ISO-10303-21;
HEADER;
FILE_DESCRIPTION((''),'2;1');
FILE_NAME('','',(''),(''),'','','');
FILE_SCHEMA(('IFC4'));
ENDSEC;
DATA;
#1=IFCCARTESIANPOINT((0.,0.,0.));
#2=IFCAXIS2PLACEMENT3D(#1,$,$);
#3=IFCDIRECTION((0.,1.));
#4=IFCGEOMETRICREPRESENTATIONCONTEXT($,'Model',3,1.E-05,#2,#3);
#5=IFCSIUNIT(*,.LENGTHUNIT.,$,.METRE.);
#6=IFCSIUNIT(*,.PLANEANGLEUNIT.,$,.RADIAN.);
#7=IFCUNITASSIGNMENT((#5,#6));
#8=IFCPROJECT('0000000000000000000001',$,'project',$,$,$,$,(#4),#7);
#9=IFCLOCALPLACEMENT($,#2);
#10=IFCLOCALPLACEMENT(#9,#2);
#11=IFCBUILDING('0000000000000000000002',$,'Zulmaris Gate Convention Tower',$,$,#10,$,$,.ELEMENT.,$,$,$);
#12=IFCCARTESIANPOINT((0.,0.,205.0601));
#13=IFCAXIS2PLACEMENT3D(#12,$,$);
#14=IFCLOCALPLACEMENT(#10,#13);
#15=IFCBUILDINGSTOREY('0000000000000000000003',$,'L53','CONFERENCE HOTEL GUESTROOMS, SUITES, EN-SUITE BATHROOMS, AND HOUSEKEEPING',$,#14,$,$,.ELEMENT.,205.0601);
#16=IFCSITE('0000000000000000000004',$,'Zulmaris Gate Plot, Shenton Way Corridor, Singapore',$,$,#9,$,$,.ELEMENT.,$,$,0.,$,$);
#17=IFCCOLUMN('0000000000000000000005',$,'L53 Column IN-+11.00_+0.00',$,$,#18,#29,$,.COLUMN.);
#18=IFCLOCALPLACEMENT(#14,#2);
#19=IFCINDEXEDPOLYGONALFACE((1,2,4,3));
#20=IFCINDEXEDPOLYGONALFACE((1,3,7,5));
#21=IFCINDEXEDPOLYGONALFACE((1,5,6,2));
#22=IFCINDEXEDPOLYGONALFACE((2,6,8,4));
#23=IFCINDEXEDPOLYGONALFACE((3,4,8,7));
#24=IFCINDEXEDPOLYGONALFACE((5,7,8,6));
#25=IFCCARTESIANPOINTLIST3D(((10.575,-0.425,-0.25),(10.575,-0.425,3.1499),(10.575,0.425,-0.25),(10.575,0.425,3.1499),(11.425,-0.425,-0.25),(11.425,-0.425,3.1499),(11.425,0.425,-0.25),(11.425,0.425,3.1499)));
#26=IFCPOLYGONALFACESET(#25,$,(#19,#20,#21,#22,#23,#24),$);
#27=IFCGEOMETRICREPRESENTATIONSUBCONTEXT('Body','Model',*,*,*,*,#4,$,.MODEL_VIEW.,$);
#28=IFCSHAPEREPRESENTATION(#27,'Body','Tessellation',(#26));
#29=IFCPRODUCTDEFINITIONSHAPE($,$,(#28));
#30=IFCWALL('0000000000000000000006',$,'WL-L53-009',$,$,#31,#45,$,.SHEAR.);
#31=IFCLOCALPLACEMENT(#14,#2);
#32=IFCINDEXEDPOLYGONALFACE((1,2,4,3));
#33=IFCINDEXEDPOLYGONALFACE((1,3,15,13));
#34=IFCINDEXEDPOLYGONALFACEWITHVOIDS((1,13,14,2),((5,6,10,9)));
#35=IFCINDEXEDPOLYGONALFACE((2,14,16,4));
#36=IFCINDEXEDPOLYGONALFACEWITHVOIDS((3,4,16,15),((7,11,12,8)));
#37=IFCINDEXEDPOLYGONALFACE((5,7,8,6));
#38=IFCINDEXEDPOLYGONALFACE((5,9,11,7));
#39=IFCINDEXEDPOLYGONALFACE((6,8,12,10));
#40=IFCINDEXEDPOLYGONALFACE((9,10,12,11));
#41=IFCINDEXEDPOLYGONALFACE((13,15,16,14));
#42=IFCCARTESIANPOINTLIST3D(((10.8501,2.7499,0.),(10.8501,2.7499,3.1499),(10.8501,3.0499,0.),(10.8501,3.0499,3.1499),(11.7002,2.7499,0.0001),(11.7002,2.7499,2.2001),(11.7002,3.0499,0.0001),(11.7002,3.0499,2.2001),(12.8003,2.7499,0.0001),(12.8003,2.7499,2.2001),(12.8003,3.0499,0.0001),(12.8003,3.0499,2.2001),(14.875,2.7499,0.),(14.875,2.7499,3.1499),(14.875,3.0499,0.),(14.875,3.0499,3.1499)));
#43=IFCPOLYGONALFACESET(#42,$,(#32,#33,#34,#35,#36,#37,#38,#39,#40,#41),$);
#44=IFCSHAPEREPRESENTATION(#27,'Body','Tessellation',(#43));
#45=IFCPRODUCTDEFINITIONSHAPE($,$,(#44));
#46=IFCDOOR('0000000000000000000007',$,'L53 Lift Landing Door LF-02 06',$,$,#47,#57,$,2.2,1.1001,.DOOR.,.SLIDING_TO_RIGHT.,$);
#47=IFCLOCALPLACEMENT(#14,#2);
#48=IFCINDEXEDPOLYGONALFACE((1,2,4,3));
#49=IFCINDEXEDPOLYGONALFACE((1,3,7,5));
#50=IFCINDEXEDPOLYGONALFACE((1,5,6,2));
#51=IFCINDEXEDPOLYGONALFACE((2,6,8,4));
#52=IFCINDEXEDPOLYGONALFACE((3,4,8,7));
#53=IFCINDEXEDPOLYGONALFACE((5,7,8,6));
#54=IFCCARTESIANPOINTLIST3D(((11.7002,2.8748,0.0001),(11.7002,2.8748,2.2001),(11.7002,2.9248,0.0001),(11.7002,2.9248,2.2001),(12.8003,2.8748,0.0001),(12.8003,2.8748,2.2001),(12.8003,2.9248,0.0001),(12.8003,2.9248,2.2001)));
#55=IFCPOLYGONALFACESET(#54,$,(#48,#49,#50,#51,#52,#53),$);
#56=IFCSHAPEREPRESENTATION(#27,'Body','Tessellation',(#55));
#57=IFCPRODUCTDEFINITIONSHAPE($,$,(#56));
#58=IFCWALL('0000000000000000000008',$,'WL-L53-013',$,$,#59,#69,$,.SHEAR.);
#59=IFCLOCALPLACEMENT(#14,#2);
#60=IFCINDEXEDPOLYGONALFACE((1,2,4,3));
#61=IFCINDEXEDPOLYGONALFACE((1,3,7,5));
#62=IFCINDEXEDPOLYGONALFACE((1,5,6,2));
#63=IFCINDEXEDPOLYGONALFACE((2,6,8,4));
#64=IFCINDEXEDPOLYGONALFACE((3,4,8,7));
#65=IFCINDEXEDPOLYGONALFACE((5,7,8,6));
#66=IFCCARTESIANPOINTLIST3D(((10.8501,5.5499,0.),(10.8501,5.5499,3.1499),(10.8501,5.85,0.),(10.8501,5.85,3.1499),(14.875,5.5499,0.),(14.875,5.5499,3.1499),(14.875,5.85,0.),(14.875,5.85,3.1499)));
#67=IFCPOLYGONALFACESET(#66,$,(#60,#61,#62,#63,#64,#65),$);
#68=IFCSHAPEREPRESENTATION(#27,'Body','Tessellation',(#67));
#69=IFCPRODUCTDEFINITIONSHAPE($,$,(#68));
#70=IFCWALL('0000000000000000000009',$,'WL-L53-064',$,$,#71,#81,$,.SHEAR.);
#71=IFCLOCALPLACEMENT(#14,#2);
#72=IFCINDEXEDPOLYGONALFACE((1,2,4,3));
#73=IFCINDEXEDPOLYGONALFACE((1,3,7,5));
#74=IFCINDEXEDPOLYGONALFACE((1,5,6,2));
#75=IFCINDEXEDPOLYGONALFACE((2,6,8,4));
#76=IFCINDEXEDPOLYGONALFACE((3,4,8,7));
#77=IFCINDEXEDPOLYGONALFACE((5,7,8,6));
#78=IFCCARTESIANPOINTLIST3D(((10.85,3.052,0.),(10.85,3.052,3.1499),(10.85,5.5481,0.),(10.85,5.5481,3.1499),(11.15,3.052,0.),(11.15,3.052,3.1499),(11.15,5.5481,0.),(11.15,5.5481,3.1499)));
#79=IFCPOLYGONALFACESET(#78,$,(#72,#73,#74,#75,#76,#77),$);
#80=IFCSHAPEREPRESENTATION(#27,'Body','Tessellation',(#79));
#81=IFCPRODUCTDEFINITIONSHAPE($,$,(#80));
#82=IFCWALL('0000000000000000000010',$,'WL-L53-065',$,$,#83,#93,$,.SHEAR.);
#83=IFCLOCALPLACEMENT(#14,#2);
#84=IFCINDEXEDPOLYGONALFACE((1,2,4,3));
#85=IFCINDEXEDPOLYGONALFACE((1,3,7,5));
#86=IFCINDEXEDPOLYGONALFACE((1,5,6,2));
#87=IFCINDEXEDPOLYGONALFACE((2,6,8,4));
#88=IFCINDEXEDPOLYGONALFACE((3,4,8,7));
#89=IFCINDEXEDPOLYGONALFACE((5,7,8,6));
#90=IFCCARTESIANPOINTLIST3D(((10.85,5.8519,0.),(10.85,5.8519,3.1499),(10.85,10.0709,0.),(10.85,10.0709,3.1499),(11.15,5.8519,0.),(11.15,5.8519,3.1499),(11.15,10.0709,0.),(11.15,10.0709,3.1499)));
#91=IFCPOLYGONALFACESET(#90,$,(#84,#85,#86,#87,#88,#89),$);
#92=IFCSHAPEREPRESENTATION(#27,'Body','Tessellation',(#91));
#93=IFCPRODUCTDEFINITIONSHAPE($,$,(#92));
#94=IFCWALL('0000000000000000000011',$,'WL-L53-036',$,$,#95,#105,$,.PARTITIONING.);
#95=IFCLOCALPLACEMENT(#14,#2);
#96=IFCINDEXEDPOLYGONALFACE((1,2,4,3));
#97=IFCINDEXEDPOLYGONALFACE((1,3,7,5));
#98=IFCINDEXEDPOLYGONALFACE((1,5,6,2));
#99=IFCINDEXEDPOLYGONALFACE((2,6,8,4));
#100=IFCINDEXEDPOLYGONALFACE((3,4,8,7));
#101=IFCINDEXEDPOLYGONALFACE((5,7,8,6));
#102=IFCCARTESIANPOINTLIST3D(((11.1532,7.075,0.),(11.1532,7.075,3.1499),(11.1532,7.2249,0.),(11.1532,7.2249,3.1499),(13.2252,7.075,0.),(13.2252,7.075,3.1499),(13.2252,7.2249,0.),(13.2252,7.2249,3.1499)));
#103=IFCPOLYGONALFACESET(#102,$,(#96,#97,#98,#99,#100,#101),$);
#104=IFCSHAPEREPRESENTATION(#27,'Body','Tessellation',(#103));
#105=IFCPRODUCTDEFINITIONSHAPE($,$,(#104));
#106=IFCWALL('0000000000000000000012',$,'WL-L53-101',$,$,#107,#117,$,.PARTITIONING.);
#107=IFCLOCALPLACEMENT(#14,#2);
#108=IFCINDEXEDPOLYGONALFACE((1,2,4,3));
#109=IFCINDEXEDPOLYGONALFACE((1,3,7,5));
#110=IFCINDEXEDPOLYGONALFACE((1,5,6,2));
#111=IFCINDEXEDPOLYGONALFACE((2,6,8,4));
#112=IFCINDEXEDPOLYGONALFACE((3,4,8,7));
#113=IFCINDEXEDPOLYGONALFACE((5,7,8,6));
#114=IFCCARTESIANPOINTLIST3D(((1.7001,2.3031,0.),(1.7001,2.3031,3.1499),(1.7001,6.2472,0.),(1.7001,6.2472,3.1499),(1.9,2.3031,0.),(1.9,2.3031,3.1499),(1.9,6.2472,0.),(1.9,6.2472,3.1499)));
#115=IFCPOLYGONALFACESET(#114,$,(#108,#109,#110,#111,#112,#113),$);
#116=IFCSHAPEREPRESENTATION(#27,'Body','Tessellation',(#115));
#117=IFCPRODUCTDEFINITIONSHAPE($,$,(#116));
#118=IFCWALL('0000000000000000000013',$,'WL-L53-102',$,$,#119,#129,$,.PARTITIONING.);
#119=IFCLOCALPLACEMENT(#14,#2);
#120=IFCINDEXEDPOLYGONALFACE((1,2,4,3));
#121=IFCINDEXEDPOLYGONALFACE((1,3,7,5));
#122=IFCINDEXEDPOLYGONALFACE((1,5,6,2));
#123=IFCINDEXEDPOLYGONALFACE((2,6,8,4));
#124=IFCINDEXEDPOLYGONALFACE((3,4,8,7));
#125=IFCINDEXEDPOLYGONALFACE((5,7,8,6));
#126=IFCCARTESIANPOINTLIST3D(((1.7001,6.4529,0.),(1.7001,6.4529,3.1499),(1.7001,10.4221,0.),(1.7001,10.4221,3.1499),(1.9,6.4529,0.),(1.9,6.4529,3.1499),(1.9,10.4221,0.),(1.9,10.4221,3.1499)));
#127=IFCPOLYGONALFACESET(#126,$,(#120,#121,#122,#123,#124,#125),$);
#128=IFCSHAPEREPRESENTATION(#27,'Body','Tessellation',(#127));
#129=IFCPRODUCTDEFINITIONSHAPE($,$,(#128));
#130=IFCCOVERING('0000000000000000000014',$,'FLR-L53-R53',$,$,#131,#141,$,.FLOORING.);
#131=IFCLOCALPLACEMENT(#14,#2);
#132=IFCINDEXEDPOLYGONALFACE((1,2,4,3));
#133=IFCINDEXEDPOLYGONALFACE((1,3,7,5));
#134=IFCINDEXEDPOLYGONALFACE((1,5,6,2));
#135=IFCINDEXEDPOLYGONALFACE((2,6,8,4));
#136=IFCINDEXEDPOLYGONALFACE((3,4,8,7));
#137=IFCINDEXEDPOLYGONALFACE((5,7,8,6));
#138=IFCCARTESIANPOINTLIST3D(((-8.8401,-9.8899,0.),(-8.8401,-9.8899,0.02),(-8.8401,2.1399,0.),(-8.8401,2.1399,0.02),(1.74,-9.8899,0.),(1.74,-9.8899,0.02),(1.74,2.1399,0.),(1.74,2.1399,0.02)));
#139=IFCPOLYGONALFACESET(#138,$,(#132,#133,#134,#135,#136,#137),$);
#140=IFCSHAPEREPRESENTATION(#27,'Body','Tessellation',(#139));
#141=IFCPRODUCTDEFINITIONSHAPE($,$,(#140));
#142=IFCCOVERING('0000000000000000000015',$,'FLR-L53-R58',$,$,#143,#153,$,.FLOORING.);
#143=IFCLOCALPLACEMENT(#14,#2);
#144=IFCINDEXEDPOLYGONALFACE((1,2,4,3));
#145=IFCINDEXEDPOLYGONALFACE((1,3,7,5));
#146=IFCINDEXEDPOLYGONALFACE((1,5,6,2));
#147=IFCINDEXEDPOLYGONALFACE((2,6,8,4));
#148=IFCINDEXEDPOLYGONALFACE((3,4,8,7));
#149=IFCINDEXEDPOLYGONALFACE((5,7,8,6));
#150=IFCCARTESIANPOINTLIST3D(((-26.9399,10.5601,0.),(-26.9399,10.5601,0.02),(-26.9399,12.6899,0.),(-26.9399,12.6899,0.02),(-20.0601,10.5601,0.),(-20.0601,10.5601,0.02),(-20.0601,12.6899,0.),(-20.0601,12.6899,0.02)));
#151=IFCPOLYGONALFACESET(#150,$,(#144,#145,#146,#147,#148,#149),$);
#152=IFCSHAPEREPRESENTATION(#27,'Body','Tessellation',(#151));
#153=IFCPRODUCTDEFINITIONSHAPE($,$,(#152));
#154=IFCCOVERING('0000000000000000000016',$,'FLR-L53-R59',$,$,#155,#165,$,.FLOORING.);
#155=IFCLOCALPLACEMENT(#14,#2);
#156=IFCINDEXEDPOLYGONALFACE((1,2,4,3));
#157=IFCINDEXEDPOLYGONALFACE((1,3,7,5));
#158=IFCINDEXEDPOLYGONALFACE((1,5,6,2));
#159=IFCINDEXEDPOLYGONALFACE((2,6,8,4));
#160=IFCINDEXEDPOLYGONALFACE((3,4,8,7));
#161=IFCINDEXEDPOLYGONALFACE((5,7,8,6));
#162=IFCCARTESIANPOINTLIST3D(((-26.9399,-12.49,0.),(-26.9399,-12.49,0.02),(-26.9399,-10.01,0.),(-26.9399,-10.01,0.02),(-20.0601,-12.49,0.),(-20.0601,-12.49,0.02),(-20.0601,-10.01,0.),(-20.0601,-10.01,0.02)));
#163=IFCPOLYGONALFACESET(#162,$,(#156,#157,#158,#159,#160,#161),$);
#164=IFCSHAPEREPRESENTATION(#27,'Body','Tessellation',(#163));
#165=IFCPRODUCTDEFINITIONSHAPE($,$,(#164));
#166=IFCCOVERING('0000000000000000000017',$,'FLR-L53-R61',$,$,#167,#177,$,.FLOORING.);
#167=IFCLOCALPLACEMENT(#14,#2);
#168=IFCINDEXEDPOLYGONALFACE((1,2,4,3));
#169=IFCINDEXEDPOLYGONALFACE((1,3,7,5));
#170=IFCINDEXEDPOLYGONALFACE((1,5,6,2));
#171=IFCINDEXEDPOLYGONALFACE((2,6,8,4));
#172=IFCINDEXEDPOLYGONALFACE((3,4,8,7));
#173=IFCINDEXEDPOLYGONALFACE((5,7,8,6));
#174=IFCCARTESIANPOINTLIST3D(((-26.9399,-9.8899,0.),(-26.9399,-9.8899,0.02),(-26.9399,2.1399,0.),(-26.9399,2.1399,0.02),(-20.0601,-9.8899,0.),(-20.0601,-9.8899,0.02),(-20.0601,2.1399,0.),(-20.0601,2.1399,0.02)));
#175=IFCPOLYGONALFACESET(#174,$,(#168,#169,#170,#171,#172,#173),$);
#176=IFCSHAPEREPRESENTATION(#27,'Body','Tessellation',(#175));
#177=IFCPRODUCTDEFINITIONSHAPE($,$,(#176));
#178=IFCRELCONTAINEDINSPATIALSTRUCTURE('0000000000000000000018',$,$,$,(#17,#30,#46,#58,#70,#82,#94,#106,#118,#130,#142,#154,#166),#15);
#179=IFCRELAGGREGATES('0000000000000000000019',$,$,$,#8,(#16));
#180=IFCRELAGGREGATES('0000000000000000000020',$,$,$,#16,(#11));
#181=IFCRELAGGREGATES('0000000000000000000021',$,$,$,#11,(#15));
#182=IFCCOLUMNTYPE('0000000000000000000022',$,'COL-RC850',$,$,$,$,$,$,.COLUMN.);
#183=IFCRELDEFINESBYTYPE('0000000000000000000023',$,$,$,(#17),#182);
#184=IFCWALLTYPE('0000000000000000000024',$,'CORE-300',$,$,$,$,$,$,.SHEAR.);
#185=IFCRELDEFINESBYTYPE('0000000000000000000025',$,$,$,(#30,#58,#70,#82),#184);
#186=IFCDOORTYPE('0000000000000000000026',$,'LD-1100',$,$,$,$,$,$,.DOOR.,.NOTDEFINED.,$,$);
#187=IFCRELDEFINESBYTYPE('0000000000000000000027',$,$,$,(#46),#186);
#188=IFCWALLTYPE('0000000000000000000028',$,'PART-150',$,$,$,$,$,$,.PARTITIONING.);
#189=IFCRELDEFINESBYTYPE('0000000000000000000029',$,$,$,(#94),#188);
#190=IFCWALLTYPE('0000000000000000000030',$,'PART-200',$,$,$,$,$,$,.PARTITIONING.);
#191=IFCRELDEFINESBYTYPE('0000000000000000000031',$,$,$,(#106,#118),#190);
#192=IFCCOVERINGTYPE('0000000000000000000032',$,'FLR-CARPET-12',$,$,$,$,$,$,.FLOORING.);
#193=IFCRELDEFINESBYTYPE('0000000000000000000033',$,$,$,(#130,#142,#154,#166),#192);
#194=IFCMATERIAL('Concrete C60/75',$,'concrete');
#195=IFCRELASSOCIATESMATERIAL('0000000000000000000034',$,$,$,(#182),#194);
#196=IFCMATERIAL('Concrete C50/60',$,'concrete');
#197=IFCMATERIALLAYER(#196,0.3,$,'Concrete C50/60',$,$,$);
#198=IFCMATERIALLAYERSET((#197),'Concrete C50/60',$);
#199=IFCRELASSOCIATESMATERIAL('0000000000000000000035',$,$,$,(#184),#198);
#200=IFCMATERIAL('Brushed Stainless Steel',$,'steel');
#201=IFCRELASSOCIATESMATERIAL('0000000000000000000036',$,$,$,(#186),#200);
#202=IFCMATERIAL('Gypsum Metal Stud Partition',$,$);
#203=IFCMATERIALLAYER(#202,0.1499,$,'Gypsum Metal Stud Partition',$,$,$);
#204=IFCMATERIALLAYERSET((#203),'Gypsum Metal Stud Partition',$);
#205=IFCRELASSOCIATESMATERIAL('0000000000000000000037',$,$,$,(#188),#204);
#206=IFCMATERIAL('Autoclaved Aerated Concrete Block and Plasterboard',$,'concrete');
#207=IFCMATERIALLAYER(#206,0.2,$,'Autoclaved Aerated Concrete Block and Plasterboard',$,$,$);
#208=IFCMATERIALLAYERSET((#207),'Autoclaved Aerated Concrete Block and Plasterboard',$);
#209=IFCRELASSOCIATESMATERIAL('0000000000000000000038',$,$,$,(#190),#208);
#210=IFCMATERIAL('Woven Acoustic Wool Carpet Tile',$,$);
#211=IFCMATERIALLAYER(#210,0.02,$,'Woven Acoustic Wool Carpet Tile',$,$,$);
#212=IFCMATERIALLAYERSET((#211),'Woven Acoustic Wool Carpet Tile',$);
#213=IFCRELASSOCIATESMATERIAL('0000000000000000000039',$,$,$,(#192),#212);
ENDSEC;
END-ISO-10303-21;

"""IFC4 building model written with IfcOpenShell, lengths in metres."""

from ifc_helpers import new_model, si_unit, direction, frame, frame_2d, origin, origin_2d, place, context, subcontext, project, spatial, polyline, rectangle, outline, extrude, material, layer, layer_set, material_profile, profile_set, type_object, element, fill, save


model = new_model("IFC4")

# Units and contexts
model_context = context("Model", 3, precision=1e-05, world=origin(), true_north=direction((0.0, 1.0)))
body_context = subcontext(model_context, "Body", "Model", "MODEL_VIEW")
ifc_project = project(units=[si_unit("LENGTHUNIT", "METRE"), si_unit("PLANEANGLEUNIT", "RADIAN")], contexts=[model_context])

# Site, building, storey
site_placement = place(None, origin())
site = spatial("IfcSite", under=ifc_project, at=site_placement, Name="Zulmaris Gate Plot, Shenton Way Corridor, Singapore", CompositionType="ELEMENT", RefElevation=0.0)
building_placement = place(site_placement, origin())
building = spatial("IfcBuilding", under=site, at=building_placement, Name="Zulmaris Gate Convention Tower", CompositionType="ELEMENT")
storey_placement = place(building_placement, frame((0.0, 0.0, 205.0601)))
storey = spatial("IfcBuildingStorey", under=building, at=storey_placement, Name="L53", Description="CONFERENCE HOTEL GUESTROOMS, SUITES, EN-SUITE BATHROOMS, AND HOUSEKEEPING", CompositionType="ELEMENT", Elevation=205.0601)

# Column
ifc_material_1 = material(Name="Concrete C60/75", Category="concrete")
ifc_material_profile = material_profile(ifc_material_1, rectangle(XDim=0.8501, YDim=0.8501, at=origin_2d()), Name="RC COL 850x850")
ifc_profile_set = profile_set([ifc_material_profile], Name="Concrete C60/75")
column_type = type_object("IfcColumnType", Name="COL-RC850", PredefinedType="COLUMN", material=ifc_profile_set)
column_placement = place(storey_placement, frame((11.0, 0.0, -0.25), z_axis=(0.0, 0.0, 1.0), x_axis=(1.0, 0.0, 0.0)))
element("IfcColumn", 1, at=column_placement, inside=storey, type_object=column_type, Name="L53 Column IN-+11.00_+0.00", PredefinedType="COLUMN", context=body_context, shape_type="SweptSolid", body=[
    extrude(rectangle(XDim=0.8501, YDim=0.8501, at=origin_2d()), origin(), (0.0, 0.0, 1.0), 3.3999),
])

# Wall, opening, door
ifc_material_2 = material(Name="Concrete C50/60", Category="concrete")
ifc_layer_1 = layer(ifc_material_2, 0.3, Name="Concrete C50/60")
ifc_layer_set_1 = layer_set([ifc_layer_1], Name="Concrete C50/60")
wall_type_1 = type_object("IfcWallType", Name="CORE-300", PredefinedType="SHEAR", material=ifc_layer_set_1)
wall_1_placement = place(storey_placement, frame((10.8501, 2.8999, 0.0), z_axis=(0.0, 0.0, 1.0), x_axis=(1.0, 0.0, 0.0)))
wall_1 = element("IfcWall", 2, at=wall_1_placement, inside=storey, type_object=wall_type_1, Name="WL-L53-009", PredefinedType="SHEAR", context=body_context, shape_type="SweptSolid", body=[
    extrude(rectangle(XDim=4.0249, YDim=0.3, at=frame_2d((2.0125, 0.0))), origin(), (0.0, 0.0, 1.0), 3.1499),
])
opening_1_placement = place(wall_1_placement, frame((0.8501, 0.0, 0.0)))
opening_1 = element("IfcOpeningElement", 3, at=opening_1_placement, cuts=wall_1, PredefinedType="OPENING", context=body_context, shape_type="SweptSolid", body=[
    extrude(rectangle(XDim=1.1001, YDim=2.2, at=frame_2d((0.55, 1.1001))), frame((0.0, 0.1602, 0.0), z_axis=(0.0, -1.0, 0.0), x_axis=(1.0, 0.0, 0.0)), (0.0, 0.0, 1.0), 0.3201),
])
ifc_material_3 = material(Name="Brushed Stainless Steel", Category="steel")
door_type_1 = type_object("IfcDoorType", Name="LD-1100", OperationType="NOTDEFINED", PredefinedType="DOOR", material=ifc_material_3)
door_1_placement = place(opening_1_placement, origin())
door_1 = element("IfcDoor", 4, at=door_1_placement, inside=storey, type_object=door_type_1, Name="L53 Lift Landing Door LF-02 06", OperationType="SLIDING_TO_RIGHT", OverallHeight=2.2, OverallWidth=1.1001, PredefinedType="DOOR", context=body_context, shape_type="SweptSolid", body=[
    extrude(rectangle(XDim=1.1001, YDim=2.2, at=frame_2d((0.55, 1.1001))), frame((0.0, 0.0249, 0.0), z_axis=(0.0, -1.0, 0.0), x_axis=(1.0, 0.0, 0.0)), (0.0, 0.0, 1.0), 0.05),
])
fill(opening_1, door_1)

# Wall
wall_2_placement = place(storey_placement, frame((10.8501, 5.7, 0.0), z_axis=(0.0, 0.0, 1.0), x_axis=(1.0, 0.0, 0.0)))
element("IfcWall", 5, at=wall_2_placement, inside=storey, type_object=wall_type_1, Name="WL-L53-013", PredefinedType="SHEAR", context=body_context, shape_type="SweptSolid", body=[
    extrude(rectangle(XDim=4.0249, YDim=0.3, at=frame_2d((2.0125, 0.0))), origin(), (0.0, 0.0, 1.0), 3.1499),
])

# Walls
wall_3_placement = place(storey_placement, frame((11.0, 3.052, 0.0), z_axis=(0.0, 0.0, 1.0), x_axis=(0.0, 1.0, 0.0)))
element("IfcWall", 6, at=wall_3_placement, inside=storey, type_object=wall_type_1, Name="WL-L53-064", PredefinedType="SHEAR", context=body_context, shape_type="SweptSolid", body=[
    extrude(rectangle(XDim=2.4961, YDim=0.3, at=frame_2d((1.248, 0.0))), origin(), (0.0, 0.0, 1.0), 3.1499),
])
wall_4_placement = place(storey_placement, frame((11.0, 5.8521, 0.0), z_axis=(0.0, 0.0, 1.0), x_axis=(0.0, 1.0, 0.0)))
element("IfcWall", 7, at=wall_4_placement, inside=storey, type_object=wall_type_1, Name="WL-L53-065", PredefinedType="SHEAR", context=body_context, shape_type="SweptSolid", body=[
    extrude(rectangle(XDim=4.219, YDim=0.3, at=frame_2d((2.1094, 0.0))), origin(), (0.0, 0.0, 1.0), 3.1499),
])
ifc_material_4 = material(Name="Gypsum Metal Stud Partition")
ifc_layer_2 = layer(ifc_material_4, 0.1499, Name="Gypsum Metal Stud Partition")
ifc_layer_set_2 = layer_set([ifc_layer_2], Name="Gypsum Metal Stud Partition")
wall_type_2 = type_object("IfcWallType", Name="PART-150", PredefinedType="PARTITIONING", material=ifc_layer_set_2)
wall_5_placement = place(storey_placement, frame((11.1531, 7.1499, 0.0), z_axis=(0.0, 0.0, 1.0), x_axis=(1.0, 0.0, 0.0)))
element("IfcWall", 8, at=wall_5_placement, inside=storey, type_object=wall_type_2, Name="WL-L53-036", PredefinedType="PARTITIONING", context=body_context, shape_type="SweptSolid", body=[
    extrude(rectangle(XDim=2.072, YDim=0.1499, at=frame_2d((1.0361, 0.0))), origin(), (0.0, 0.0, 1.0), 3.1499),
])

# Walls
ifc_material_5 = material(Name="Autoclaved Aerated Concrete Block and Plasterboard", Category="concrete")
ifc_layer_3 = layer(ifc_material_5, 0.2, Name="Autoclaved Aerated Concrete Block and Plasterboard")
ifc_layer_set_3 = layer_set([ifc_layer_3], Name="Autoclaved Aerated Concrete Block and Plasterboard")
wall_type_3 = type_object("IfcWallType", Name="PART-200", PredefinedType="PARTITIONING", material=ifc_layer_set_3)
wall_6_placement = place(storey_placement, frame((1.8, 2.303, 0.0), z_axis=(0.0, 0.0, 1.0), x_axis=(0.0, 1.0, 0.0)))
element("IfcWall", 9, at=wall_6_placement, inside=storey, type_object=wall_type_3, Name="WL-L53-101", PredefinedType="PARTITIONING", context=body_context, shape_type="SweptSolid", body=[
    extrude(rectangle(XDim=3.9441, YDim=0.2, at=frame_2d((1.9722, 0.0))), origin(), (0.0, 0.0, 1.0), 3.1499),
])
wall_7_placement = place(storey_placement, frame((1.8, 6.4529, 0.0), z_axis=(0.0, 0.0, 1.0), x_axis=(0.0, 1.0, 0.0)))
element("IfcWall", 10, at=wall_7_placement, inside=storey, type_object=wall_type_3, Name="WL-L53-102", PredefinedType="PARTITIONING", context=body_context, shape_type="SweptSolid", body=[
    extrude(rectangle(XDim=3.9692, YDim=0.2, at=frame_2d((1.9846, 0.0))), origin(), (0.0, 0.0, 1.0), 3.1499),
])

# Coverings
ifc_material_6 = material(Name="Woven Acoustic Wool Carpet Tile")
ifc_layer_4 = layer(ifc_material_6, 0.02, Name="Woven Acoustic Wool Carpet Tile")
ifc_layer_set_4 = layer_set([ifc_layer_4], Name="Woven Acoustic Wool Carpet Tile")
covering_type_1 = type_object("IfcCoveringType", Name="FLR-CARPET-12", PredefinedType="FLOORING", material=ifc_layer_set_4)
covering_1_placement = place(storey_placement, origin())
element("IfcCovering", 11, at=covering_1_placement, inside=storey, type_object=covering_type_1, Name="FLR-L53-R53", PredefinedType="FLOORING", context=body_context, shape_type="SweptSolid", body=[
    extrude(outline(polyline([(-8.8401, -9.8899), (1.74, -9.8899), (1.74, 2.1399), (-8.8401, 2.1399), (-8.8401, -9.8899)])), origin(), (0.0, 0.0, 1.0), 0.02),
])
covering_2_placement = place(storey_placement, origin())
element("IfcCovering", 12, at=covering_2_placement, inside=storey, type_object=covering_type_1, Name="FLR-L53-R58", PredefinedType="FLOORING", context=body_context, shape_type="SweptSolid", body=[
    extrude(outline(polyline([(-26.9399, 10.5601), (-20.0601, 10.5601), (-20.0601, 12.6899), (-26.9399, 12.6899), (-26.9399, 10.5601)])), origin(), (0.0, 0.0, 1.0), 0.02),
])
covering_3_placement = place(storey_placement, origin())
element("IfcCovering", 13, at=covering_3_placement, inside=storey, type_object=covering_type_1, Name="FLR-L53-R59", PredefinedType="FLOORING", context=body_context, shape_type="SweptSolid", body=[
    extrude(outline(polyline([(-26.9399, -12.49), (-20.0601, -12.49), (-20.0601, -10.01), (-26.9399, -10.01), (-26.9399, -12.49)])), origin(), (0.0, 0.0, 1.0), 0.02),
])
covering_4_placement = place(storey_placement, origin())
element("IfcCovering", 14, at=covering_4_placement, inside=storey, type_object=covering_type_1, Name="FLR-L53-R61", PredefinedType="FLOORING", context=body_context, shape_type="SweptSolid", body=[
    extrude(outline(polyline([(-26.9399, -9.8899), (-20.0601, -9.8899), (-20.0601, 2.1399), (-26.9399, 2.1399), (-26.9399, -9.8899)])), origin(), (0.0, 0.0, 1.0), 0.02),
])

save(model, "model.ifc")
